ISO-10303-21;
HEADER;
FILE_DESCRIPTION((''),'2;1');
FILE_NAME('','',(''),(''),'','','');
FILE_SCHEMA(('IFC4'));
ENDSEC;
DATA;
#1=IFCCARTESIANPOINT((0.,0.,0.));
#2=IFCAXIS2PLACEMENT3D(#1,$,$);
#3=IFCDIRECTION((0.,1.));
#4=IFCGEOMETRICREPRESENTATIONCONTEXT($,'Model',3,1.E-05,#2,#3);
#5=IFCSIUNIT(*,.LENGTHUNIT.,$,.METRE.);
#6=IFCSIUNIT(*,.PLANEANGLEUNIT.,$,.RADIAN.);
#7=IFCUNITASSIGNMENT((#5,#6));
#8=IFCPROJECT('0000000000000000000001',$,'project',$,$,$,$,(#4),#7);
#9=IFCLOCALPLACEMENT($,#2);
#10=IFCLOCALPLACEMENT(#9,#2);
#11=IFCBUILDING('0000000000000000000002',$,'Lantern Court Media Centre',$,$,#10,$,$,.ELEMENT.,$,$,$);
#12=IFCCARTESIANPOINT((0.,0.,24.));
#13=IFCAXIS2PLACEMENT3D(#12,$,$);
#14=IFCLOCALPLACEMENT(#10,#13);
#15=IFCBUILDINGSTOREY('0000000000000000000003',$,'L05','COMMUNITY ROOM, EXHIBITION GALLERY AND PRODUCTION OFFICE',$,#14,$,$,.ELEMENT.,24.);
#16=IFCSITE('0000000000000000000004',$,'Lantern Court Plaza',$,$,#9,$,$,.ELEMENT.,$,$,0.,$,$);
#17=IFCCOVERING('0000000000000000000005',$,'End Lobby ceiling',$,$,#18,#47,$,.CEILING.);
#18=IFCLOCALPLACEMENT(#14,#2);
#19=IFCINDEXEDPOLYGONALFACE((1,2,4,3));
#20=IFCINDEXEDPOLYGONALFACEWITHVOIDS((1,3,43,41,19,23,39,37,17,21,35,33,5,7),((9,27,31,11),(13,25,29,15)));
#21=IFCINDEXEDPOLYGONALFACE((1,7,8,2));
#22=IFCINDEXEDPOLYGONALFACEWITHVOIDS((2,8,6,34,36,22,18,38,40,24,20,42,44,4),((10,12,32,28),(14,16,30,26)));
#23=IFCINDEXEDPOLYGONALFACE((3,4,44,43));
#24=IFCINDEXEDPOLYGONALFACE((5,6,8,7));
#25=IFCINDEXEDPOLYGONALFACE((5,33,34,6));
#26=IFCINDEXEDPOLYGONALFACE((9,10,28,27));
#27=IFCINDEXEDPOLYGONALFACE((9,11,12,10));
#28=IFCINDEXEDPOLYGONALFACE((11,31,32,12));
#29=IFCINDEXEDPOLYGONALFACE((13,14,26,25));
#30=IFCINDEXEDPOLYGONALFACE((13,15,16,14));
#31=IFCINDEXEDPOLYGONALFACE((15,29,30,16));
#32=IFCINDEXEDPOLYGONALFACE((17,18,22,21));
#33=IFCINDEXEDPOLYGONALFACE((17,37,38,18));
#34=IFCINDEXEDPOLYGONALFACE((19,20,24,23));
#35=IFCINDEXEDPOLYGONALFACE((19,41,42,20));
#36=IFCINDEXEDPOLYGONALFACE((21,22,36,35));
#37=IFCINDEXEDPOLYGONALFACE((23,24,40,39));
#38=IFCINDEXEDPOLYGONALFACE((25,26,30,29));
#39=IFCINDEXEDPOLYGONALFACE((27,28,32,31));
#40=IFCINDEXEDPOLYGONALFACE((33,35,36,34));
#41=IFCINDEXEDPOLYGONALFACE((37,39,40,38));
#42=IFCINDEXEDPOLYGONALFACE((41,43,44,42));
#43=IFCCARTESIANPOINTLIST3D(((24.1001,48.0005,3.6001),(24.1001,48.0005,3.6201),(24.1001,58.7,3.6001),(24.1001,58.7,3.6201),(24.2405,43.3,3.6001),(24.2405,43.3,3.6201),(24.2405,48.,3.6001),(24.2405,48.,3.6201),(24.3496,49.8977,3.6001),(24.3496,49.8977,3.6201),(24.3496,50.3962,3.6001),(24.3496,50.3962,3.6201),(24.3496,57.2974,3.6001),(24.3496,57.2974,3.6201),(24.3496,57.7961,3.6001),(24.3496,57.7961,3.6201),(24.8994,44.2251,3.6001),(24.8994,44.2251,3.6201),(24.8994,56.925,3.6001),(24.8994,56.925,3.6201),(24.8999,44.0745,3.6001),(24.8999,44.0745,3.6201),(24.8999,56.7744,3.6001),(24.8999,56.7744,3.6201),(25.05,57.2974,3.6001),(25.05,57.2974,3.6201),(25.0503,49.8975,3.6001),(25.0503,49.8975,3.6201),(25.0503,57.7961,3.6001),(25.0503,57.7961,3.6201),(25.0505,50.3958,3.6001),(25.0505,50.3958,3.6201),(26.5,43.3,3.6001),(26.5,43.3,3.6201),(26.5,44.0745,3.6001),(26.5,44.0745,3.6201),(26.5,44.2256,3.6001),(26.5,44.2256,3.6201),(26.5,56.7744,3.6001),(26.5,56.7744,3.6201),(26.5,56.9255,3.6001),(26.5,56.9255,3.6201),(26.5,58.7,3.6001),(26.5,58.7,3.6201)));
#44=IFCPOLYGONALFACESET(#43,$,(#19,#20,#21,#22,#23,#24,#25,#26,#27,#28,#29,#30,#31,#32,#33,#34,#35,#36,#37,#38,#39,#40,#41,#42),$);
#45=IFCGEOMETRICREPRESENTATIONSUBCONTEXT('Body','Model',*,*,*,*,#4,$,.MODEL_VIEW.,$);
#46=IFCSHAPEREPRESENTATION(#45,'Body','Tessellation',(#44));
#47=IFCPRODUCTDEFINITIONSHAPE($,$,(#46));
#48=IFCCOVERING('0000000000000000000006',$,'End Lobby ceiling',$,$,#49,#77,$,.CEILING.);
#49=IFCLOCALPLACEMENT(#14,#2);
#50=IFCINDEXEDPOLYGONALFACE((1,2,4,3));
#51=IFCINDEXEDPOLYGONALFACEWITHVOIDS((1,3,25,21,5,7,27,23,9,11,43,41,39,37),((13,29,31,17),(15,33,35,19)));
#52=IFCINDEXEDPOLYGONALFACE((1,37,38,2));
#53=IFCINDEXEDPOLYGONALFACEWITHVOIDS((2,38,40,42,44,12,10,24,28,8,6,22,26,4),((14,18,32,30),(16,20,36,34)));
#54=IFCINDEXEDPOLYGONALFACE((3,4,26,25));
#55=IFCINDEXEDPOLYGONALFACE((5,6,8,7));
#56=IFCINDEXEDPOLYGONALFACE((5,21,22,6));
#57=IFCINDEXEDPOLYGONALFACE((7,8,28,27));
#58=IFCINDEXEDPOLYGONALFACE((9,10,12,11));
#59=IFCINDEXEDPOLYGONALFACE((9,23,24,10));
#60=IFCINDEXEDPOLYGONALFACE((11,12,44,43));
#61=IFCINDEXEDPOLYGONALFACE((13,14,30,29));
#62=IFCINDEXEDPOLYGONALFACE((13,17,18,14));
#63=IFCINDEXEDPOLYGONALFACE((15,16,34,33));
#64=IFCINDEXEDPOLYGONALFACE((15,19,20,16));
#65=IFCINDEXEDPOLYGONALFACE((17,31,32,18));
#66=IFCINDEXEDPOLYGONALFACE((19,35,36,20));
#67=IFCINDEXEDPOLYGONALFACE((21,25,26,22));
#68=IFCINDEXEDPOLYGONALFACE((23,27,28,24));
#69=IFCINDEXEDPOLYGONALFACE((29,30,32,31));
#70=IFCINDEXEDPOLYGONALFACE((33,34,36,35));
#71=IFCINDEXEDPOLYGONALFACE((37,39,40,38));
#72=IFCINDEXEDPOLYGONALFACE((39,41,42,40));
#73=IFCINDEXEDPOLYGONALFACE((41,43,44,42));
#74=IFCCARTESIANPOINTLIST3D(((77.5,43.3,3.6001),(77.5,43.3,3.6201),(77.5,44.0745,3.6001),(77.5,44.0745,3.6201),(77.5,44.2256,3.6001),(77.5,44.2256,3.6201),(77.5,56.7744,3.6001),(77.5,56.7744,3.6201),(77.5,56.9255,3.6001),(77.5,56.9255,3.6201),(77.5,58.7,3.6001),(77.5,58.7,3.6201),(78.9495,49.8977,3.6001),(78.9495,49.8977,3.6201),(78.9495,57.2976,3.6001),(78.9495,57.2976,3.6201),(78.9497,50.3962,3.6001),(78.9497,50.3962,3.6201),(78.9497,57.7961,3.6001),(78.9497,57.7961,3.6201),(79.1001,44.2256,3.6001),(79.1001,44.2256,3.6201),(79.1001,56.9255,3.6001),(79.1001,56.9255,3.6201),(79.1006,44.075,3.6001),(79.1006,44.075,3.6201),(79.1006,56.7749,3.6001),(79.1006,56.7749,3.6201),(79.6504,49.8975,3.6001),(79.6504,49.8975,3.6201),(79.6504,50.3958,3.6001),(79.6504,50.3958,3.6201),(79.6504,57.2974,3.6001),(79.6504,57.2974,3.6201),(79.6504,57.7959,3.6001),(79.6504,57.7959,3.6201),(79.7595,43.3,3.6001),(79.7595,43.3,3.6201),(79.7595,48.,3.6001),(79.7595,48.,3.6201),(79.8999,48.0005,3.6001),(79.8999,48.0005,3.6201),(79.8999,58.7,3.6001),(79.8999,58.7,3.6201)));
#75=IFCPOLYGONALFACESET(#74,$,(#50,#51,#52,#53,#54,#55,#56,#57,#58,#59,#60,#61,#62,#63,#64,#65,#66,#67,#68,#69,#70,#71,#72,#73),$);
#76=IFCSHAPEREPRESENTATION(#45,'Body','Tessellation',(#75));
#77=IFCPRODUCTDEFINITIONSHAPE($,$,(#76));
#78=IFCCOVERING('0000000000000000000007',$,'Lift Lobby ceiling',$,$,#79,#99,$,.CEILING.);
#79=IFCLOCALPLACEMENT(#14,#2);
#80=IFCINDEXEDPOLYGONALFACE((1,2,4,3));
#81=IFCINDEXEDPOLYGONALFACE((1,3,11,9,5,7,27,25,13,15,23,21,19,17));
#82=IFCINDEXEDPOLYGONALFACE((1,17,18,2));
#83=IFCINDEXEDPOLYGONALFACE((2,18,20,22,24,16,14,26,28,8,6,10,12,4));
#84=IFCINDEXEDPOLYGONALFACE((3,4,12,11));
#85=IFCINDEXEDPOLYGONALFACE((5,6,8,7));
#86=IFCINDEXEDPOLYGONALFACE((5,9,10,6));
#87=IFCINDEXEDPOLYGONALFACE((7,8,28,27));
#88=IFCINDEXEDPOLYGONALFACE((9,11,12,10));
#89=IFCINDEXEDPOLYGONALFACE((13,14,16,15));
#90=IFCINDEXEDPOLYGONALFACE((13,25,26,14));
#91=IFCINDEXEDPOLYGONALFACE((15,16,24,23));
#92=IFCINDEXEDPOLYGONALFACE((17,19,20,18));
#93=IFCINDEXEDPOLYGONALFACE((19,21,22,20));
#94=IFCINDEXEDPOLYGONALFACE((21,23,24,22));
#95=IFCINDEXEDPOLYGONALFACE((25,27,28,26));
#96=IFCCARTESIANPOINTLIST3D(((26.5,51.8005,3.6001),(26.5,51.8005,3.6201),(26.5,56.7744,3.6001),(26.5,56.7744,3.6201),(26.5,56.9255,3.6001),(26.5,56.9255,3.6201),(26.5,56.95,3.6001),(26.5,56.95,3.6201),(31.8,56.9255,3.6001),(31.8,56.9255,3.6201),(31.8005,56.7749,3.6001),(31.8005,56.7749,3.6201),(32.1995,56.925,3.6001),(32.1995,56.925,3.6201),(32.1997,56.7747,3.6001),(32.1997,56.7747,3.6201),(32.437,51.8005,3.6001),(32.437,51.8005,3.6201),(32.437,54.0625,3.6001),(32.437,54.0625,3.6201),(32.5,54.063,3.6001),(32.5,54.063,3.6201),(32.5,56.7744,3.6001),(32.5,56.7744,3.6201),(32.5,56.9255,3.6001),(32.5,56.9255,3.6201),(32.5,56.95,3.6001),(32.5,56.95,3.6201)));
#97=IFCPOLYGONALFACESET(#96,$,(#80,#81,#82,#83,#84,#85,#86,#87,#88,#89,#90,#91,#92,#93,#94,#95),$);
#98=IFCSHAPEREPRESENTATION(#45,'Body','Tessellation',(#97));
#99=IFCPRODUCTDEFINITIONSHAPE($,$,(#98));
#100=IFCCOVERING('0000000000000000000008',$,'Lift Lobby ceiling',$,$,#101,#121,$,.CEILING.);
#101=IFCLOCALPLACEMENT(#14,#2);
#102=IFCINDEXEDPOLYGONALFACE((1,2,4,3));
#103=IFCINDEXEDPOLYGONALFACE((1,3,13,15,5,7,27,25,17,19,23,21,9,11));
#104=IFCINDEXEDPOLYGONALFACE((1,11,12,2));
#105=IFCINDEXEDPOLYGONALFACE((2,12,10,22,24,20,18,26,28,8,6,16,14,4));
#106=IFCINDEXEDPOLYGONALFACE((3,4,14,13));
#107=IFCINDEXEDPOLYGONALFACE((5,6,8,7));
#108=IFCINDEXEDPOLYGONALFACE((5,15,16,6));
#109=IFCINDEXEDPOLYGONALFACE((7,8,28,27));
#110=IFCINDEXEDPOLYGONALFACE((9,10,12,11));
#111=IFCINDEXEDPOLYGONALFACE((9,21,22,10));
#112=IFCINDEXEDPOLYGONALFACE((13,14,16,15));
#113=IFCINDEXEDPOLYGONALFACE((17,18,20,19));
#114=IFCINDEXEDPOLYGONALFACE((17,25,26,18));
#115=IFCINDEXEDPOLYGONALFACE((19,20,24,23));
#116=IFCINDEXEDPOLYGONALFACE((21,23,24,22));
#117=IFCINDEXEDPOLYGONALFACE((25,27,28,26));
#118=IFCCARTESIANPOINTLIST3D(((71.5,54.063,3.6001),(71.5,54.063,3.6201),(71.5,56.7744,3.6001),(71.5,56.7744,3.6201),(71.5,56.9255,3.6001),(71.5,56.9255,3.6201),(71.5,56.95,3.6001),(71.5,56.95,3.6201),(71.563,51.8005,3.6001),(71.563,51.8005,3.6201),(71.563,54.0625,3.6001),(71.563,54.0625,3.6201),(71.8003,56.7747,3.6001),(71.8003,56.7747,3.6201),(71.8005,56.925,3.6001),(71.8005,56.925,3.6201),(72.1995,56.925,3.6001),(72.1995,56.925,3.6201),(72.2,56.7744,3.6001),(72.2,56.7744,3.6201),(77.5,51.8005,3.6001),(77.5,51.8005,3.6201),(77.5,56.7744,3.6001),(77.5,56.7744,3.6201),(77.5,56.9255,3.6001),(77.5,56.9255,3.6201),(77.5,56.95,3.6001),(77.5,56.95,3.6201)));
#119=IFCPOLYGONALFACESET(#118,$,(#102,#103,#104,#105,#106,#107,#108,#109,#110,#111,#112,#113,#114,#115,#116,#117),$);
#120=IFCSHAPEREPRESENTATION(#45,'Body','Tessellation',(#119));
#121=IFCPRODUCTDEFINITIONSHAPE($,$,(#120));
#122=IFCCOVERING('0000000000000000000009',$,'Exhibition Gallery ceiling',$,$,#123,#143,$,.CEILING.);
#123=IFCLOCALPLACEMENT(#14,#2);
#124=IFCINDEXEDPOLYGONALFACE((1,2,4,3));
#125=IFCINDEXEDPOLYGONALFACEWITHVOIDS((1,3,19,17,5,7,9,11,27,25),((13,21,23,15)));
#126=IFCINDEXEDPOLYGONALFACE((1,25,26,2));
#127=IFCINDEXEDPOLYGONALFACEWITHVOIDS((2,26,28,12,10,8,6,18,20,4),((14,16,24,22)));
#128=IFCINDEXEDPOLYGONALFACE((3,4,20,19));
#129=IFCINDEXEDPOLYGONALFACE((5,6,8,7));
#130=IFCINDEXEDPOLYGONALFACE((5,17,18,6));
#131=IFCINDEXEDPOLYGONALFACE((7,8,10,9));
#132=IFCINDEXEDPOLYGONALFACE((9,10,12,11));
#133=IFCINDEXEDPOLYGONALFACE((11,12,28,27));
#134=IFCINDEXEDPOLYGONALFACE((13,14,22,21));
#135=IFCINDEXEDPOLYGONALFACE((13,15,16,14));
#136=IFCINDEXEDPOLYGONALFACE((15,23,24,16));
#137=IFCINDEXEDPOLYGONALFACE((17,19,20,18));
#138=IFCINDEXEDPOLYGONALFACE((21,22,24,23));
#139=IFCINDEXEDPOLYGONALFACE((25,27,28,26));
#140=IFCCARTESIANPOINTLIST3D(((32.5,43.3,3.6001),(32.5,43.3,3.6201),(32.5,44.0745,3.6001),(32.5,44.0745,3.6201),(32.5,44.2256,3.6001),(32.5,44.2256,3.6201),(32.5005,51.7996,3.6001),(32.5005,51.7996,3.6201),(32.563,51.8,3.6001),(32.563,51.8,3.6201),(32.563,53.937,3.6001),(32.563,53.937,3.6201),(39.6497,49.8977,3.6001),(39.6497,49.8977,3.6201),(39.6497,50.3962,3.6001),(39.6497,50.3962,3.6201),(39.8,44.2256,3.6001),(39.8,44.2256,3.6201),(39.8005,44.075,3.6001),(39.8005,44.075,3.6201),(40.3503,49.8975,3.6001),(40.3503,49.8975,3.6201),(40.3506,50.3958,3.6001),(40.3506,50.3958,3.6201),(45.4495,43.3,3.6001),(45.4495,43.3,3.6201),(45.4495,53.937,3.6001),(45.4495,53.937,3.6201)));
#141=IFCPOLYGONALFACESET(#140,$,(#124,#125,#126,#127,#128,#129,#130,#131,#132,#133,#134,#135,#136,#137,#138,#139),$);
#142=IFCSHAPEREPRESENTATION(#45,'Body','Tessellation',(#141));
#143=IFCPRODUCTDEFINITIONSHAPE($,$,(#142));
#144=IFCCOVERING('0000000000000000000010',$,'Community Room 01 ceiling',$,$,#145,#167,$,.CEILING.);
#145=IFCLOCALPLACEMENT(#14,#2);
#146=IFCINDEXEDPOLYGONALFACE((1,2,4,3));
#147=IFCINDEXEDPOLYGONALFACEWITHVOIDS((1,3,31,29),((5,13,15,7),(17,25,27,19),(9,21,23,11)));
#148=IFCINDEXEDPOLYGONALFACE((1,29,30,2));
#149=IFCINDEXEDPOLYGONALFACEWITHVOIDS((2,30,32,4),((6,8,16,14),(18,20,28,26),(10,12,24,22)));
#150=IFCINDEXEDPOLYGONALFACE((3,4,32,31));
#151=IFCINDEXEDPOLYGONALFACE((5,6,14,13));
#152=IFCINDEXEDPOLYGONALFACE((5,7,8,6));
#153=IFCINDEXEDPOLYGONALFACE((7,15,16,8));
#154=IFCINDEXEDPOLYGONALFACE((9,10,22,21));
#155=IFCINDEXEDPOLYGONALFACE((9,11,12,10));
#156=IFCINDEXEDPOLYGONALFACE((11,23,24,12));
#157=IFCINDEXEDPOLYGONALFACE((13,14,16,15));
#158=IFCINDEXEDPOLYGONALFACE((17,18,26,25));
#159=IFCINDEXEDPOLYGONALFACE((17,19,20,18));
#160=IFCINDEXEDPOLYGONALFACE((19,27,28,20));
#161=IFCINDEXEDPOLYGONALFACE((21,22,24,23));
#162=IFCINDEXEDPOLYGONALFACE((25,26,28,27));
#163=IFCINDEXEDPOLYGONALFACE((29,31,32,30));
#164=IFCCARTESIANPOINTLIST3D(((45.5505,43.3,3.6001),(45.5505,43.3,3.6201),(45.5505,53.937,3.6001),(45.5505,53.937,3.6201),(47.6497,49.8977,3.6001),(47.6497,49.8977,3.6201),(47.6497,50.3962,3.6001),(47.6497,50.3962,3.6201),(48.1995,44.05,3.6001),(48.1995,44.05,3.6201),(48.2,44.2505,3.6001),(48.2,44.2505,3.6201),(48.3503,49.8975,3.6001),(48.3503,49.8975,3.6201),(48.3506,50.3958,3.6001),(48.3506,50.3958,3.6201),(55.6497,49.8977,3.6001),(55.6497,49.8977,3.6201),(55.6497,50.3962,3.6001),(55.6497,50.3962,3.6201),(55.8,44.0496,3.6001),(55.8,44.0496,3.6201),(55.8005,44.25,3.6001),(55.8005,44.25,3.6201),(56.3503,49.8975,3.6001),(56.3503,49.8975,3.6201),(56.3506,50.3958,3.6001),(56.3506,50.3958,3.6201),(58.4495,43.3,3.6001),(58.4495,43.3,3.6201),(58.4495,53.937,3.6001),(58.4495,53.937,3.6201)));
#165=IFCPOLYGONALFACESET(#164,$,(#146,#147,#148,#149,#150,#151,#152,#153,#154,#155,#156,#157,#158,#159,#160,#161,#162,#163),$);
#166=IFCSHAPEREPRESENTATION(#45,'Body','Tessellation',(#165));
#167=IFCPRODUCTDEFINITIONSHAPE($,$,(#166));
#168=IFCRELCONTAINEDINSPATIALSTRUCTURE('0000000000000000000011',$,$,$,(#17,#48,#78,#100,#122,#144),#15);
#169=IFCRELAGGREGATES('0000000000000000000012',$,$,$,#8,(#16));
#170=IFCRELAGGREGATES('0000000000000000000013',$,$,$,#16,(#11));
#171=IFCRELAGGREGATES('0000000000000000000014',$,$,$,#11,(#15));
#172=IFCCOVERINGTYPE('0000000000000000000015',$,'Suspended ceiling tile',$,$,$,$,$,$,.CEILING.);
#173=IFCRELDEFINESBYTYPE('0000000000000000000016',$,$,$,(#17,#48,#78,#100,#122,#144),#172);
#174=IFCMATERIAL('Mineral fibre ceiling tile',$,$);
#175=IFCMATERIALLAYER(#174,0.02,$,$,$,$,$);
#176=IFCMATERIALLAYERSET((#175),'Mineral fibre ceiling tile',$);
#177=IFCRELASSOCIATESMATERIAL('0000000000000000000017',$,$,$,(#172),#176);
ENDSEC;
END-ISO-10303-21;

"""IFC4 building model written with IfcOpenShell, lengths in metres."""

from ifc_helpers import new_model, si_unit, direction, frame, origin, place, context, subcontext, project, spatial, polyline, outline, extrude, material, layer, layer_set, type_object, element, save


model = new_model("IFC4")

# Units and contexts
model_context = context("Model", 3, precision=1e-05, world=origin(), true_north=direction((0.0, 1.0)))
body_context = subcontext(model_context, "Body", "Model", "MODEL_VIEW")
ifc_project = project(units=[si_unit("LENGTHUNIT", "METRE"), si_unit("PLANEANGLEUNIT", "RADIAN")], contexts=[model_context])

# Site, building, storey
site_placement = place(None, origin())
site = spatial("IfcSite", under=ifc_project, at=site_placement, Name="Lantern Court Plaza", CompositionType="ELEMENT", RefElevation=0.0)
building_placement = place(site_placement, origin())
building = spatial("IfcBuilding", under=site, at=building_placement, Name="Lantern Court Media Centre", CompositionType="ELEMENT")
storey_placement = place(building_placement, frame((0.0, 0.0, 24.0)))
storey = spatial("IfcBuildingStorey", under=building, at=storey_placement, Name="L05", Description="COMMUNITY ROOM, EXHIBITION GALLERY AND PRODUCTION OFFICE", CompositionType="ELEMENT", Elevation=24.0)

# Coverings
ifc_material_1 = material(Name="Mineral fibre ceiling tile")
ifc_layer_1 = layer(ifc_material_1, 0.02)
ifc_layer_set_1 = layer_set([ifc_layer_1], Name="Mineral fibre ceiling tile")
covering_type_1 = type_object("IfcCoveringType", Name="Suspended ceiling tile", PredefinedType="CEILING", material=ifc_layer_set_1)
covering_1_placement = place(storey_placement, frame((0.0, 0.0, 3.6001)))
element("IfcCovering", 1, at=covering_1_placement, inside=storey, type_object=covering_type_1, Name="End Lobby ceiling", PredefinedType="CEILING", context=body_context, shape_type="SweptSolid", body=[
    extrude(outline(polyline([(26.5, 43.3), (24.2405, 43.3), (24.2405, 48.0), (24.1001, 48.0005), (24.1001, 58.7), (26.5, 58.7), (26.5, 56.9255), (24.8994, 56.925), (24.8999, 56.7744), (26.5, 56.7744), (26.5, 44.2256), (24.8994, 44.2251), (24.8999, 44.0745), (26.5, 44.0745), (26.5, 43.3)]), holes=[polyline([(25.0505, 50.3958), (24.3496, 50.3962), (24.3496, 49.8977), (25.0503, 49.8975), (25.0505, 50.3958)]), polyline([(25.05, 57.2974), (25.0503, 57.7961), (24.3496, 57.7961), (24.3496, 57.2974), (25.05, 57.2974)])]), origin(), (0.0, 0.0, 1.0), 0.02),
])
covering_2_placement = place(storey_placement, frame((0.0, 0.0, 3.6001)))
element("IfcCovering", 2, at=covering_2_placement, inside=storey, type_object=covering_type_1, Name="End Lobby ceiling", PredefinedType="CEILING", context=body_context, shape_type="SweptSolid", body=[
    extrude(outline(polyline([(77.5, 58.7), (79.8999, 58.7), (79.8999, 48.0005), (79.7595, 48.0), (79.7595, 43.3), (77.5, 43.3), (77.5, 44.0745), (79.1006, 44.075), (79.1001, 44.2256), (77.5, 44.2256), (77.5, 56.7744), (79.1006, 56.7749), (79.1001, 56.9255), (77.5, 56.9255), (77.5, 58.7)]), holes=[polyline([(79.6504, 57.7959), (78.9497, 57.7961), (78.9495, 57.2976), (79.6504, 57.2974), (79.6504, 57.7959)]), polyline([(79.6504, 50.3958), (78.9497, 50.3962), (78.9495, 49.8977), (79.6504, 49.8975), (79.6504, 50.3958)])]), origin(), (0.0, 0.0, 1.0), 0.02),
])
covering_3_placement = place(storey_placement, frame((0.0, 0.0, 3.6001)))
element("IfcCovering", 3, at=covering_3_placement, inside=storey, type_object=covering_type_1, Name="Lift Lobby ceiling", PredefinedType="CEILING", context=body_context, shape_type="SweptSolid", body=[
    extrude(outline(polyline([(32.5, 54.063), (32.437, 54.0625), (32.437, 51.8005), (26.5, 51.8005), (26.5, 56.7744), (31.8005, 56.7749), (31.8, 56.9255), (26.5, 56.9255), (26.5, 56.95), (32.5, 56.95), (32.5, 56.9255), (32.1995, 56.925), (32.1997, 56.7747), (32.5, 56.7744), (32.5, 54.063)])), origin(), (0.0, 0.0, 1.0), 0.02),
])
covering_4_placement = place(storey_placement, frame((0.0, 0.0, 3.6001)))
element("IfcCovering", 4, at=covering_4_placement, inside=storey, type_object=covering_type_1, Name="Lift Lobby ceiling", PredefinedType="CEILING", context=body_context, shape_type="SweptSolid", body=[
    extrude(outline(polyline([(77.5, 51.8005), (71.563, 51.8005), (71.563, 54.0625), (71.5, 54.063), (71.5, 56.7744), (71.8003, 56.7747), (71.8005, 56.925), (71.5, 56.9255), (71.5, 56.95), (77.5, 56.95), (77.5, 56.9255), (72.1995, 56.925), (72.2, 56.7744), (77.5, 56.7744), (77.5, 51.8005)])), origin(), (0.0, 0.0, 1.0), 0.02),
])
covering_5_placement = place(storey_placement, frame((0.0, 0.0, 3.6001)))
element("IfcCovering", 5, at=covering_5_placement, inside=storey, type_object=covering_type_1, Name="Exhibition Gallery ceiling", PredefinedType="CEILING", context=body_context, shape_type="SweptSolid", body=[
    extrude(outline(polyline([(32.5, 44.2256), (32.5005, 51.7996), (32.563, 51.8), (32.563, 53.937), (45.4495, 53.937), (45.4495, 43.3), (32.5, 43.3), (32.5, 44.0745), (39.8005, 44.075), (39.8, 44.2256), (32.5, 44.2256)]), holes=[polyline([(40.3506, 50.3958), (39.6497, 50.3962), (39.6497, 49.8977), (40.3503, 49.8975), (40.3506, 50.3958)])]), origin(), (0.0, 0.0, 1.0), 0.02),
])
covering_6_placement = place(storey_placement, frame((0.0, 0.0, 3.6001)))
element("IfcCovering", 6, at=covering_6_placement, inside=storey, type_object=covering_type_1, Name="Community Room 01 ceiling", PredefinedType="CEILING", context=body_context, shape_type="SweptSolid", body=[
    extrude(outline(polyline([(45.5505, 43.3), (45.5505, 53.937), (58.4495, 53.937), (58.4495, 43.3), (45.5505, 43.3)]), holes=[polyline([(56.3506, 50.3958), (55.6497, 50.3962), (55.6497, 49.8977), (56.3503, 49.8975), (56.3506, 50.3958)]), polyline([(48.1995, 44.05), (55.8, 44.0496), (55.8005, 44.25), (48.2, 44.2505), (48.1995, 44.05)]), polyline([(48.3506, 50.3958), (47.6497, 50.3962), (47.6497, 49.8977), (48.3503, 49.8975), (48.3506, 50.3958)])]), origin(), (0.0, 0.0, 1.0), 0.02),
])

save(model, "model.ifc")
